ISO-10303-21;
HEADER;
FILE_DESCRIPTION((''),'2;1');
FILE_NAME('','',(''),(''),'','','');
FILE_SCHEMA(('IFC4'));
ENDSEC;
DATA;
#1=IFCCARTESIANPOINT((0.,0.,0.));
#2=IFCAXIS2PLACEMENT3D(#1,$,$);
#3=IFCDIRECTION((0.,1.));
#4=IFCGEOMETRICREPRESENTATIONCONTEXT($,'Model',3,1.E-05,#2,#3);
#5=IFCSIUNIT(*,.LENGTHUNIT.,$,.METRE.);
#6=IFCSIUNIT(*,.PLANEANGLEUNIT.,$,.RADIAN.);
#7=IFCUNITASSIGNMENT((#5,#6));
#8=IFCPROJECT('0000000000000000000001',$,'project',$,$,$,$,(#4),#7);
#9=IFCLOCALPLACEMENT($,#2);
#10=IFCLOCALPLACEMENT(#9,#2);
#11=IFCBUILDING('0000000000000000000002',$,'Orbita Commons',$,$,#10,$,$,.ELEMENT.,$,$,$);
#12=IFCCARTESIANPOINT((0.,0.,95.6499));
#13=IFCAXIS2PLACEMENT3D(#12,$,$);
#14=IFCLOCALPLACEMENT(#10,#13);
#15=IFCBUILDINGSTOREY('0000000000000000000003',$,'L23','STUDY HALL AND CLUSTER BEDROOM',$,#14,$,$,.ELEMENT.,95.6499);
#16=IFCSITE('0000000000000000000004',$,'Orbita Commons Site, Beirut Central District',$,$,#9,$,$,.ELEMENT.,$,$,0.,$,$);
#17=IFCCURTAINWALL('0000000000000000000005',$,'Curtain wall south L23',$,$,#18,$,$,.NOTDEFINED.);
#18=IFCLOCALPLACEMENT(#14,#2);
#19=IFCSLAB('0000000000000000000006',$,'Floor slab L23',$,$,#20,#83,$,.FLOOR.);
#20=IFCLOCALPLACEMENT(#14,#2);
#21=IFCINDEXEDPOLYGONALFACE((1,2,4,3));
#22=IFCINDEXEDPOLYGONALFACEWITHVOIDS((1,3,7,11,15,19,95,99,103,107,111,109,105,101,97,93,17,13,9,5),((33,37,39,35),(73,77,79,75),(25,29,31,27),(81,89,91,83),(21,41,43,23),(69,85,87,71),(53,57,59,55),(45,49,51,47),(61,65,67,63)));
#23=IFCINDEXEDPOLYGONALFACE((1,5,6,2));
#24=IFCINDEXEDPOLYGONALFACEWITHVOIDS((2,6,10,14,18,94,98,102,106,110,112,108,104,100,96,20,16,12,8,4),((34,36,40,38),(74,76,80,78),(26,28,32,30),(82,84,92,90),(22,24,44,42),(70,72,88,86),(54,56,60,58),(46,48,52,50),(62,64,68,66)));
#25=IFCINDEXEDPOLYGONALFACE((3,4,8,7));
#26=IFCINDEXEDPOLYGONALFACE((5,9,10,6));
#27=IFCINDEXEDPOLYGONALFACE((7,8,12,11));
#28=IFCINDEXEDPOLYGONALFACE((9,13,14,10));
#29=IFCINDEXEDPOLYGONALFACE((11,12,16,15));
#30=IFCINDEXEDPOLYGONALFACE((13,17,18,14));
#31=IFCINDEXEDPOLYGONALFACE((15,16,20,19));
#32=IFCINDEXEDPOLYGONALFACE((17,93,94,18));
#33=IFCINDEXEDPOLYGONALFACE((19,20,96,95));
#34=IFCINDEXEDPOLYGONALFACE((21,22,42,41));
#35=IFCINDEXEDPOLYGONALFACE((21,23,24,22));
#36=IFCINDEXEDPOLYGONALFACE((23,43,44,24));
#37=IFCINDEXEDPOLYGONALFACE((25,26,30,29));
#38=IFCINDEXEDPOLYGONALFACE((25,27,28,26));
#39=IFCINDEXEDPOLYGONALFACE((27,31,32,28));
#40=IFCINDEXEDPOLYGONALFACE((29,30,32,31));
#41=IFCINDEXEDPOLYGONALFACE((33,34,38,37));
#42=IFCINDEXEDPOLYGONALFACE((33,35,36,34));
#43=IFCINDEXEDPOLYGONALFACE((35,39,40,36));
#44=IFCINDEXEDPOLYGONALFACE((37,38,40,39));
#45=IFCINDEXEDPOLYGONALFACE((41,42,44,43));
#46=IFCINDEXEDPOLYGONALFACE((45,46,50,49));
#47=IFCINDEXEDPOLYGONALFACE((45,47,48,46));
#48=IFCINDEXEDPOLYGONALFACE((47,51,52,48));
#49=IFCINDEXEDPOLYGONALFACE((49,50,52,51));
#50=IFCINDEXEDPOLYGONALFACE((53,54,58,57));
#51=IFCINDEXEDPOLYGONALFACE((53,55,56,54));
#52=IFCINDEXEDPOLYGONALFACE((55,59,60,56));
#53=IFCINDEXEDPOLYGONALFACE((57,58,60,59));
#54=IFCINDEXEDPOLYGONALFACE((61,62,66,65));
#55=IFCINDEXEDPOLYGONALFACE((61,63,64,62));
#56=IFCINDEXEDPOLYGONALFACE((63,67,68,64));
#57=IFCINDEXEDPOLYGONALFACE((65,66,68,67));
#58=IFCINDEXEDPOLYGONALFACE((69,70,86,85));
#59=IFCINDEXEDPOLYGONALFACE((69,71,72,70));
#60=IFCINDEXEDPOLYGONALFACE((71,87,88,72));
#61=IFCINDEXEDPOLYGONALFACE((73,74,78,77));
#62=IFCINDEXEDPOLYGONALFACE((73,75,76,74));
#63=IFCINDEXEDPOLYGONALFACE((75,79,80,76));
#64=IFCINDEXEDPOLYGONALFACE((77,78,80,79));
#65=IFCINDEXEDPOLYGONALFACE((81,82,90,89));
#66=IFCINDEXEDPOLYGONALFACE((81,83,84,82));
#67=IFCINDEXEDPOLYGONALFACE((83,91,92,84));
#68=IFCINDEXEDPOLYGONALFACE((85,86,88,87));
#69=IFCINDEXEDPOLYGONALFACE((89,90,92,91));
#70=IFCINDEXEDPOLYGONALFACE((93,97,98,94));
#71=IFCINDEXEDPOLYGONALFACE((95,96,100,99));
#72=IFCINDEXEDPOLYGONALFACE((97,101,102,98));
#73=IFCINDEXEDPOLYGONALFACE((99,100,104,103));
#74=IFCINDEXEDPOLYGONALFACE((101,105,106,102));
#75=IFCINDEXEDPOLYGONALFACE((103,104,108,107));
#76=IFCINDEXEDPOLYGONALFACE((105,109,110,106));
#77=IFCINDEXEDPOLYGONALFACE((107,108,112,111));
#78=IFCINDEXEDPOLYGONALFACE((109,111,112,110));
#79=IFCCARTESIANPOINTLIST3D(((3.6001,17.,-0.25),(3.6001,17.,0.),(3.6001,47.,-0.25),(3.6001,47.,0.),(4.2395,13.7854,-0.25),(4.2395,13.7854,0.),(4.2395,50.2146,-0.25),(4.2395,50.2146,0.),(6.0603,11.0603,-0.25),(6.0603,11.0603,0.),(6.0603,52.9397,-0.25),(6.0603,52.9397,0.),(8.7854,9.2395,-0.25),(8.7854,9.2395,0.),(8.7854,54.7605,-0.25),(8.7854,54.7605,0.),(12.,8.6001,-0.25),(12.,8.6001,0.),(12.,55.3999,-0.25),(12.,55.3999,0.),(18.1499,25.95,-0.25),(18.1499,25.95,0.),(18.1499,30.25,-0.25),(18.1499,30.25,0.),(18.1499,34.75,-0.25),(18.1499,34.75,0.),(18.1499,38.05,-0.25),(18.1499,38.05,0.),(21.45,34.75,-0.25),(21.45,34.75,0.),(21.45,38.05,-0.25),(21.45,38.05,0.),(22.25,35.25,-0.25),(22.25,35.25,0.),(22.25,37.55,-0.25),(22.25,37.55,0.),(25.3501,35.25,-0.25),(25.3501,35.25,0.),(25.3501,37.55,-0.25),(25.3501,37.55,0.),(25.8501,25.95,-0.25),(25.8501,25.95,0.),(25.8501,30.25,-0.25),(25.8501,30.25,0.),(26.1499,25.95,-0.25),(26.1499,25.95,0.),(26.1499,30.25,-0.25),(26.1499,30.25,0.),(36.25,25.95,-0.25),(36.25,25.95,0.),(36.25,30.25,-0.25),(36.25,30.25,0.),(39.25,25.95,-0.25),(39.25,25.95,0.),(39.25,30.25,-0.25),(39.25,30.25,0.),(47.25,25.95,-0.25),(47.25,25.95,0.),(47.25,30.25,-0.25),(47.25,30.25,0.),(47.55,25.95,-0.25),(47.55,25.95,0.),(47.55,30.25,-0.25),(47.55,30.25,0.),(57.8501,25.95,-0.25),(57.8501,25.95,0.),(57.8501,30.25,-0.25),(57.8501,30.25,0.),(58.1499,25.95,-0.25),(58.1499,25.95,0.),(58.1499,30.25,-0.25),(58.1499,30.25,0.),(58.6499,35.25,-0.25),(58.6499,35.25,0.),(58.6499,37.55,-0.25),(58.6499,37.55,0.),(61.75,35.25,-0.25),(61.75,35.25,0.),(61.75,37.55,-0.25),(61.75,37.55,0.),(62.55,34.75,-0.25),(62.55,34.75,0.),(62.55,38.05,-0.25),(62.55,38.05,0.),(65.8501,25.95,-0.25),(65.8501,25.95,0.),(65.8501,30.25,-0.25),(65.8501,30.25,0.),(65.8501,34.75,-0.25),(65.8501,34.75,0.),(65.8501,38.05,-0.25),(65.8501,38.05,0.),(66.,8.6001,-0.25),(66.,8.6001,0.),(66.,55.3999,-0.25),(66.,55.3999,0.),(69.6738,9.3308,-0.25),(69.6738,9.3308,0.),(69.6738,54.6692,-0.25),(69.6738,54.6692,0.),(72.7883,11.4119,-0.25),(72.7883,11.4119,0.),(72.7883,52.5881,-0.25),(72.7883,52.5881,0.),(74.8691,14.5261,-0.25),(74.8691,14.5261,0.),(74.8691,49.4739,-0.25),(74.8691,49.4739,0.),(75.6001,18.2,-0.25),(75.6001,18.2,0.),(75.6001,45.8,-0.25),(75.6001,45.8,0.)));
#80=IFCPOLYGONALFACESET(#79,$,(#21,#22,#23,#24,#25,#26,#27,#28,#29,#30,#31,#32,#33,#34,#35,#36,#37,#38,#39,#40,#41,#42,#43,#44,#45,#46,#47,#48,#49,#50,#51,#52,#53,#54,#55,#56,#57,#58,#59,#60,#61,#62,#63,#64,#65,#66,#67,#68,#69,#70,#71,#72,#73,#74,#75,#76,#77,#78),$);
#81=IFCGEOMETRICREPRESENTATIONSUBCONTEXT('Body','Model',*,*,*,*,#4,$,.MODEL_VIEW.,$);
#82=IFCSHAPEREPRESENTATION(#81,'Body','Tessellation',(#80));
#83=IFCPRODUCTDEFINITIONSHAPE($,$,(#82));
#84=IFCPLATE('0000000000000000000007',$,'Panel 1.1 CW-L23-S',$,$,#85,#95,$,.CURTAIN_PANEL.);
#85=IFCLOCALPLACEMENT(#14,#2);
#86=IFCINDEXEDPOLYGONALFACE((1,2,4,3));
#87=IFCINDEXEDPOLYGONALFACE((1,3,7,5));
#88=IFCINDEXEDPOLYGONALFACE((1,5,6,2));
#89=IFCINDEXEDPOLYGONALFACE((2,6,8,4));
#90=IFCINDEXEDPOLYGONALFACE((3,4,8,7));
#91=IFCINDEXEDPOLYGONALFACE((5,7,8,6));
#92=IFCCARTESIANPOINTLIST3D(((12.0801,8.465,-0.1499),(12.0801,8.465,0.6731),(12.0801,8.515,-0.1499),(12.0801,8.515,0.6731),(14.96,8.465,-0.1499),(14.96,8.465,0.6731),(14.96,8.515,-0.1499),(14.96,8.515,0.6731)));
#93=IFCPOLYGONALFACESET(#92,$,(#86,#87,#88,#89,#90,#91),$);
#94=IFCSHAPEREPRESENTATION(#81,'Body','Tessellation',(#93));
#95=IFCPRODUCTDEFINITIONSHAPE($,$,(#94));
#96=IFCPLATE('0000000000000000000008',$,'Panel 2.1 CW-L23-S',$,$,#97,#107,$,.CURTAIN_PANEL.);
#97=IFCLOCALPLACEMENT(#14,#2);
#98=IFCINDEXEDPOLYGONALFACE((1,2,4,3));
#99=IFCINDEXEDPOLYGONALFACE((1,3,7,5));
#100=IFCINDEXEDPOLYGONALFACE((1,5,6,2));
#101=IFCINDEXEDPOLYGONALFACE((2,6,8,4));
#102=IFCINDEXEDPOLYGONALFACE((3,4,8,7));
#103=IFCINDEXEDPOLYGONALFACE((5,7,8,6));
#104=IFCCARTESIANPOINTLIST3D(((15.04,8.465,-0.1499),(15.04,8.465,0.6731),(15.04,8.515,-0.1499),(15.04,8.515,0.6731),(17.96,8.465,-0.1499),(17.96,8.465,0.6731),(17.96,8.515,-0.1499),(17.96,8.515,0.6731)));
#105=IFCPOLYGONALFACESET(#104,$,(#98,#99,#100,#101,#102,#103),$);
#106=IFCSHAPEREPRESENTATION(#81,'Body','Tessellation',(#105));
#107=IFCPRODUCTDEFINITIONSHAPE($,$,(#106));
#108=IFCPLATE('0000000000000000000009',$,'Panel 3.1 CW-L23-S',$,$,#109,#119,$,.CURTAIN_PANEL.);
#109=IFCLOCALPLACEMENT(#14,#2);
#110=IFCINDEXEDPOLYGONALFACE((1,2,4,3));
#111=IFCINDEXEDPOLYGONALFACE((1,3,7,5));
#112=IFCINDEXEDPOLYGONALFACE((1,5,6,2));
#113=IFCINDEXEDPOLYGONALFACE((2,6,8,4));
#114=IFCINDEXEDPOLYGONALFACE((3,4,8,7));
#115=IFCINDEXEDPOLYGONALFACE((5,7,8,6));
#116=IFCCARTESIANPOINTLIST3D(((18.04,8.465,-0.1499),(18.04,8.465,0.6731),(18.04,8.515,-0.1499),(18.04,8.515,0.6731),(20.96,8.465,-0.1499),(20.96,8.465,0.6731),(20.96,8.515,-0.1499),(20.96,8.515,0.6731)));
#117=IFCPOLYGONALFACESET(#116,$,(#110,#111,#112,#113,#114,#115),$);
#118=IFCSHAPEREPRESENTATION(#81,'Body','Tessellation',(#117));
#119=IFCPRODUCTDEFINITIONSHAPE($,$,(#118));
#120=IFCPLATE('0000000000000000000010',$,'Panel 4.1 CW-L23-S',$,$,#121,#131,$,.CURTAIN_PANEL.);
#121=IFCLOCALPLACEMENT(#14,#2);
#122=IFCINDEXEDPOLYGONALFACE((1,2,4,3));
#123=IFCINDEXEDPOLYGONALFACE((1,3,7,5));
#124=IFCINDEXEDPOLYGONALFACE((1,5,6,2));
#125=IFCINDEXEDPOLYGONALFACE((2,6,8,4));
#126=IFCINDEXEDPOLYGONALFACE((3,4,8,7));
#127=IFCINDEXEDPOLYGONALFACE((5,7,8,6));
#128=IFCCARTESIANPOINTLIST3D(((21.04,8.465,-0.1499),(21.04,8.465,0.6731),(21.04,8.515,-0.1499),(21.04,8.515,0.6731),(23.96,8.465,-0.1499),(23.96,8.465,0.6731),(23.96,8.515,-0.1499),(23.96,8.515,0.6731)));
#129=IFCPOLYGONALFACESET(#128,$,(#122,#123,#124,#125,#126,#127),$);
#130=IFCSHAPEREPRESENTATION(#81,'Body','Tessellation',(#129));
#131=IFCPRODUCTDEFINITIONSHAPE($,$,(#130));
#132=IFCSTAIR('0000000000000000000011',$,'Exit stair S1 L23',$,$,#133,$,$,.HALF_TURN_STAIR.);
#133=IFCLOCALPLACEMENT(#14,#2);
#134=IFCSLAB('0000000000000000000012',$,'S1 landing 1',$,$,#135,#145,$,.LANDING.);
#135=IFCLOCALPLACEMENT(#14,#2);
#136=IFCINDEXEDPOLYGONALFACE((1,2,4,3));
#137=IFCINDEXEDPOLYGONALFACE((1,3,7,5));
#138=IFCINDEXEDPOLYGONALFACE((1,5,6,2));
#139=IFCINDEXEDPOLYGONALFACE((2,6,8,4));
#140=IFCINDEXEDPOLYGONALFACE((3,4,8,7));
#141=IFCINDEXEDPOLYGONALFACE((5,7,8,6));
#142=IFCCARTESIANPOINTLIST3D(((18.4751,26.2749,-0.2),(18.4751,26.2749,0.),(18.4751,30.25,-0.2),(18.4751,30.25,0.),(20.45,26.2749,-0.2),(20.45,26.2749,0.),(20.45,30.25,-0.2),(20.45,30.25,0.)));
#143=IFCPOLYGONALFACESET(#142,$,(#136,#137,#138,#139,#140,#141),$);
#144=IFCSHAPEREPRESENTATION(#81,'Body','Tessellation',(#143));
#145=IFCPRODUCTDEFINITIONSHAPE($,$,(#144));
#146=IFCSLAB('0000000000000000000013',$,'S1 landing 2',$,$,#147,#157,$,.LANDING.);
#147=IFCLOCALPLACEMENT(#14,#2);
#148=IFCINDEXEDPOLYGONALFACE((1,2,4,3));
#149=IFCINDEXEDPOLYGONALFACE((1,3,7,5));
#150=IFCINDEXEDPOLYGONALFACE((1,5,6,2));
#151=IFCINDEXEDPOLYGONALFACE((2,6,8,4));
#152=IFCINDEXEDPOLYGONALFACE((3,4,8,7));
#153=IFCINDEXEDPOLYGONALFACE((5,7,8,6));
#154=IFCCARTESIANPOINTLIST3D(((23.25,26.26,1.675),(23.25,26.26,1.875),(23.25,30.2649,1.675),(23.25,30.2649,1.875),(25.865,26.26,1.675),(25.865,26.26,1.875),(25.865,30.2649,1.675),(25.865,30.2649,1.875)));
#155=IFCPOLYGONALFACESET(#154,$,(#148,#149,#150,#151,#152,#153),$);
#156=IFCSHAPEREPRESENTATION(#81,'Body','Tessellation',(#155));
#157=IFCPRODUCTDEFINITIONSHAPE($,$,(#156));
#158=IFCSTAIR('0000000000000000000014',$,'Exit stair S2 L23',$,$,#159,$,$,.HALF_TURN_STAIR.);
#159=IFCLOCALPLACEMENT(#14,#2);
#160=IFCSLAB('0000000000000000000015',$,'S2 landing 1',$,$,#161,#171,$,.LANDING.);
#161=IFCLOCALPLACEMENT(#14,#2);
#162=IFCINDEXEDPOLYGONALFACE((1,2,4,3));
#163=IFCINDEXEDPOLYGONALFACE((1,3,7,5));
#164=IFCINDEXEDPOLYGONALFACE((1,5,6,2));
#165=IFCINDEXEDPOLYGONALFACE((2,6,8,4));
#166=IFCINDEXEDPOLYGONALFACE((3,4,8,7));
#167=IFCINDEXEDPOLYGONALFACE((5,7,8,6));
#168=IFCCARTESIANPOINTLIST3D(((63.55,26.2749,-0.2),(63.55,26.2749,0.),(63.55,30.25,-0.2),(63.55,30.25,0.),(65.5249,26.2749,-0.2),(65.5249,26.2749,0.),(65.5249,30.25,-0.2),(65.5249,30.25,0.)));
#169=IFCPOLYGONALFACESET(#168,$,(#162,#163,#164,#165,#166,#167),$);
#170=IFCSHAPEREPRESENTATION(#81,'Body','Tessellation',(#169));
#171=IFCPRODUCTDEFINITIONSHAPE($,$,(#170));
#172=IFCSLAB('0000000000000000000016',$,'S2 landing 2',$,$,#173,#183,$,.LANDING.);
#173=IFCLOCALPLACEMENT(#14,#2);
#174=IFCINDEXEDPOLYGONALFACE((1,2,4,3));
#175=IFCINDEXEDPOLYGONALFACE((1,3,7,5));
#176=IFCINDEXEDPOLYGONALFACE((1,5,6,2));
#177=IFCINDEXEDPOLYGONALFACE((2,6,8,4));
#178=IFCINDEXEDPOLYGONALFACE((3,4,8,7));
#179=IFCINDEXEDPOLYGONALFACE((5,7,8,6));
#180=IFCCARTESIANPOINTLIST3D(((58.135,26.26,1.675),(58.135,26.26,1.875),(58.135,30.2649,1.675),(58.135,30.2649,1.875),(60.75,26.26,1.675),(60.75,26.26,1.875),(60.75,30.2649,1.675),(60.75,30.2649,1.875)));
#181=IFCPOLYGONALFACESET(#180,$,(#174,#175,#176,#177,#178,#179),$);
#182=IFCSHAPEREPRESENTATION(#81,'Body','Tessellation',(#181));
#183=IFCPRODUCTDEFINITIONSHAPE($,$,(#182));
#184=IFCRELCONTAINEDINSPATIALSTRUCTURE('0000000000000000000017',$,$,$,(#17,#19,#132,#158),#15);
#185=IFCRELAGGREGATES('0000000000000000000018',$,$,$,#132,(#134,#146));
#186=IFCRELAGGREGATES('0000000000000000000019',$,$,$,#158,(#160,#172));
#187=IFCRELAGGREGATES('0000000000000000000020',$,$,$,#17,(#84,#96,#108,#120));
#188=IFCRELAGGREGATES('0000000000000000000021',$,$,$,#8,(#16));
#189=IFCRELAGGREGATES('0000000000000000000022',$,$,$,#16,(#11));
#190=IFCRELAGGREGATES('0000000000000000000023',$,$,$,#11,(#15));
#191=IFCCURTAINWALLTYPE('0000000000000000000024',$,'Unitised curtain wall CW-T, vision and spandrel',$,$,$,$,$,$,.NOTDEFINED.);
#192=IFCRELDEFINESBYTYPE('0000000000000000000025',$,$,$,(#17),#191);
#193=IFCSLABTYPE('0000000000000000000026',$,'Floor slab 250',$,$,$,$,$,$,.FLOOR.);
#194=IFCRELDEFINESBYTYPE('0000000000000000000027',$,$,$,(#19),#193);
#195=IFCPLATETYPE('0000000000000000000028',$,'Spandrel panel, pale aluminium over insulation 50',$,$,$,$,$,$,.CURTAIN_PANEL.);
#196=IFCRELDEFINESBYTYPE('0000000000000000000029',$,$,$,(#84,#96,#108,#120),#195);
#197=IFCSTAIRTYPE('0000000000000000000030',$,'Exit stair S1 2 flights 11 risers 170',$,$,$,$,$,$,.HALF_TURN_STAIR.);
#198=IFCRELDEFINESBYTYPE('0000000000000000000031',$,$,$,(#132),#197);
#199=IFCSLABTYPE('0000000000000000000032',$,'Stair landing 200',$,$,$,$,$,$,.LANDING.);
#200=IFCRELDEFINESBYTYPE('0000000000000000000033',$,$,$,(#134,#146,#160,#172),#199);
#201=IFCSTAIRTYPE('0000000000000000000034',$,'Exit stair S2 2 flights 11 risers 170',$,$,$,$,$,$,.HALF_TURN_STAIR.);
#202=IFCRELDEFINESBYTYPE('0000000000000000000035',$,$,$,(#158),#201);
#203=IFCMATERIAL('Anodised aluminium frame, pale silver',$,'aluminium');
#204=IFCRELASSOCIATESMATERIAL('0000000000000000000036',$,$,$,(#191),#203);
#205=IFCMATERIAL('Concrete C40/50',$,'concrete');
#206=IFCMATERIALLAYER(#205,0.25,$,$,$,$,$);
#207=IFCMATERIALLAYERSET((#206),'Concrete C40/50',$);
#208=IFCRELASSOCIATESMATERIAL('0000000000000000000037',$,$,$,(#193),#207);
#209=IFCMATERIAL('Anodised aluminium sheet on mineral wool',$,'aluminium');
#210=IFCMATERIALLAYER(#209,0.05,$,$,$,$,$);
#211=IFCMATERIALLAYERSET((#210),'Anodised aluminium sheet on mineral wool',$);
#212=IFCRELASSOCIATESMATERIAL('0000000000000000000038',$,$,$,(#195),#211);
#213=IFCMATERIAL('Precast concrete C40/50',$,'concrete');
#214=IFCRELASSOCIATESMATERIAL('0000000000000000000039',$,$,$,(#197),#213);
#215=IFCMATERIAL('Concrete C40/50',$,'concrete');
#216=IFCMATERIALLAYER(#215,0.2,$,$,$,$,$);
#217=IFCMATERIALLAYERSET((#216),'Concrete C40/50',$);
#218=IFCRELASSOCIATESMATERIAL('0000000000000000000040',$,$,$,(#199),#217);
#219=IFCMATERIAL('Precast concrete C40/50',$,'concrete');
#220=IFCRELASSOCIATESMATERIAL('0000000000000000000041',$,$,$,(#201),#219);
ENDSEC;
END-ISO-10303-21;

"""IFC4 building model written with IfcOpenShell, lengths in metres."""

from ifc_helpers import new_model, si_unit, direction, frame, origin, origin_2d, place, context, subcontext, project, spatial, polyline, rectangle, outline, extrude, material, layer, layer_set, type_object, element, aggregate, save


model = new_model("IFC4")

# Units and contexts
model_context = context("Model", 3, precision=1e-05, world=origin(), true_north=direction((0.0, 1.0)))
body_context = subcontext(model_context, "Body", "Model", "MODEL_VIEW")
ifc_project = project(units=[si_unit("LENGTHUNIT", "METRE"), si_unit("PLANEANGLEUNIT", "RADIAN")], contexts=[model_context])

# Site, building, storey
site_placement = place(None, origin())
site = spatial("IfcSite", under=ifc_project, at=site_placement, Name="Orbita Commons Site, Beirut Central District", CompositionType="ELEMENT", RefElevation=0.0)
building_placement = place(site_placement, origin())
building = spatial("IfcBuilding", under=site, at=building_placement, Name="Orbita Commons", CompositionType="ELEMENT")
storey_placement = place(building_placement, frame((0.0, 0.0, 95.6499)))
storey = spatial("IfcBuildingStorey", under=building, at=storey_placement, Name="L23", Description="STUDY HALL AND CLUSTER BEDROOM", CompositionType="ELEMENT", Elevation=95.6499)

# Curtain wall
ifc_material_1 = material(Name="Anodised aluminium frame, pale silver", Category="aluminium")
curtain_wall_type = type_object("IfcCurtainWallType", Name="Unitised curtain wall CW-T, vision and spandrel", PredefinedType="NOTDEFINED", material=ifc_material_1)
curtain_wall_placement = place(storey_placement, origin())
curtain_wall = element("IfcCurtainWall", 1, at=curtain_wall_placement, inside=storey, type_object=curtain_wall_type, Name="Curtain wall south L23", PredefinedType="NOTDEFINED")

# Slab
ifc_material_2 = material(Name="Concrete C40/50", Category="concrete")
ifc_layer_1 = layer(ifc_material_2, 0.25)
ifc_layer_set_1 = layer_set([ifc_layer_1], Name="Concrete C40/50")
slab_type_1 = type_object("IfcSlabType", Name="Floor slab 250", PredefinedType="FLOOR", material=ifc_layer_set_1)
slab_1_placement = place(storey_placement, frame((0.0, 0.0, -0.25)))
element("IfcSlab", 2, at=slab_1_placement, inside=storey, type_object=slab_type_1, Name="Floor slab L23", PredefinedType="FLOOR", context=body_context, shape_type="SweptSolid", body=[
    extrude(outline(polyline([(66.0, 8.6001), (69.6738, 9.3308), (72.7883, 11.4119), (74.8691, 14.5261), (75.6001, 18.2), (75.6001, 45.8), (74.8691, 49.4739), (72.7883, 52.5881), (69.6738, 54.6692), (66.0, 55.3999), (12.0, 55.3999), (8.7854, 54.7605), (6.0603, 52.9397), (4.2395, 50.2146), (3.6001, 47.0), (3.6001, 17.0), (4.2395, 13.7854), (6.0603, 11.0603), (8.7854, 9.2395), (12.0, 8.6001), (66.0, 8.6001)]), holes=[polyline([(18.1499, 25.95), (25.8501, 25.95), (25.8501, 30.25), (18.1499, 30.25), (18.1499, 25.95)]), polyline([(58.1499, 25.95), (65.8501, 25.95), (65.8501, 30.25), (58.1499, 30.25), (58.1499, 25.95)]), polyline([(18.1499, 34.75), (21.45, 34.75), (21.45, 38.05), (18.1499, 38.05), (18.1499, 34.75)]), polyline([(62.55, 34.75), (65.8501, 34.75), (65.8501, 38.05), (62.55, 38.05), (62.55, 34.75)]), polyline([(22.25, 35.25), (25.3501, 35.25), (25.3501, 37.55), (22.25, 37.55), (22.25, 35.25)]), polyline([(58.6499, 35.25), (61.75, 35.25), (61.75, 37.55), (58.6499, 37.55), (58.6499, 35.25)]), polyline([(26.1499, 25.95), (36.25, 25.95), (36.25, 30.25), (26.1499, 30.25), (26.1499, 25.95)]), polyline([(39.25, 25.95), (47.25, 25.95), (47.25, 30.25), (39.25, 30.25), (39.25, 25.95)]), polyline([(47.55, 25.95), (57.8501, 25.95), (57.8501, 30.25), (47.55, 30.25), (47.55, 25.95)])]), origin(), (0.0, 0.0, 1.0), 0.25),
])

# Plates
ifc_material_3 = material(Name="Anodised aluminium sheet on mineral wool", Category="aluminium")
ifc_layer_2 = layer(ifc_material_3, 0.05)
ifc_layer_set_2 = layer_set([ifc_layer_2], Name="Anodised aluminium sheet on mineral wool")
plate_type_1 = type_object("IfcPlateType", Name="Spandrel panel, pale aluminium over insulation 50", PredefinedType="CURTAIN_PANEL", material=ifc_layer_set_2)
plate_1_placement = place(storey_placement, frame((13.52, 8.49, -0.1499), z_axis=(0.0, 0.0, 1.0), x_axis=(1.0, 0.0, 0.0)))
plate_1 = element("IfcPlate", 3, at=plate_1_placement, type_object=plate_type_1, Name="Panel 1.1 CW-L23-S", PredefinedType="CURTAIN_PANEL", context=body_context, shape_type="SweptSolid", body=[
    extrude(rectangle(XDim=2.8799, YDim=0.05, at=origin_2d()), origin(), (0.0, 0.0, 1.0), 0.823),
])
plate_2_placement = place(storey_placement, frame((16.5, 8.49, -0.1499), z_axis=(0.0, 0.0, 1.0), x_axis=(1.0, 0.0, 0.0)))
plate_2 = element("IfcPlate", 4, at=plate_2_placement, type_object=plate_type_1, Name="Panel 2.1 CW-L23-S", PredefinedType="CURTAIN_PANEL", context=body_context, shape_type="SweptSolid", body=[
    extrude(rectangle(XDim=2.9199, YDim=0.05, at=origin_2d()), origin(), (0.0, 0.0, 1.0), 0.823),
])
plate_3_placement = place(storey_placement, frame((19.5, 8.49, -0.1499), z_axis=(0.0, 0.0, 1.0), x_axis=(1.0, 0.0, 0.0)))
plate_3 = element("IfcPlate", 5, at=plate_3_placement, type_object=plate_type_1, Name="Panel 3.1 CW-L23-S", PredefinedType="CURTAIN_PANEL", context=body_context, shape_type="SweptSolid", body=[
    extrude(rectangle(XDim=2.9199, YDim=0.05, at=origin_2d()), origin(), (0.0, 0.0, 1.0), 0.823),
])
plate_4_placement = place(storey_placement, frame((22.5, 8.49, -0.1499), z_axis=(0.0, 0.0, 1.0), x_axis=(1.0, 0.0, 0.0)))
plate_4 = element("IfcPlate", 6, at=plate_4_placement, type_object=plate_type_1, Name="Panel 4.1 CW-L23-S", PredefinedType="CURTAIN_PANEL", context=body_context, shape_type="SweptSolid", body=[
    extrude(rectangle(XDim=2.9199, YDim=0.05, at=origin_2d()), origin(), (0.0, 0.0, 1.0), 0.823),
])

# Stairs, slabs
ifc_material_4 = material(Name="Precast concrete C40/50", Category="concrete")
stair_type_1 = type_object("IfcStairType", Name="Exit stair S1 2 flights 11 risers 170", PredefinedType="HALF_TURN_STAIR", material=ifc_material_4)
stair_1_placement = place(storey_placement, origin())
stair_1 = element("IfcStair", 7, at=stair_1_placement, inside=storey, type_object=stair_type_1, Name="Exit stair S1 L23", PredefinedType="HALF_TURN_STAIR")
ifc_material_5 = material(Name="Concrete C40/50", Category="concrete")
ifc_layer_3 = layer(ifc_material_5, 0.2)
ifc_layer_set_3 = layer_set([ifc_layer_3], Name="Concrete C40/50")
slab_type_2 = type_object("IfcSlabType", Name="Stair landing 200", PredefinedType="LANDING", material=ifc_layer_set_3)
slab_2_placement = place(storey_placement, frame((0.0, 0.0, -0.2)))
slab_2 = element("IfcSlab", 8, at=slab_2_placement, type_object=slab_type_2, Name="S1 landing 1", PredefinedType="LANDING", context=body_context, shape_type="SweptSolid", body=[
    extrude(outline(polyline([(18.4751, 26.2749), (20.45, 26.2749), (20.45, 30.25), (18.4751, 30.25), (18.4751, 26.2749)])), origin(), (0.0, 0.0, 1.0), 0.2),
])
slab_3_placement = place(storey_placement, frame((0.0, 0.0, 1.675)))
slab_3 = element("IfcSlab", 9, at=slab_3_placement, type_object=slab_type_2, Name="S1 landing 2", PredefinedType="LANDING", context=body_context, shape_type="SweptSolid", body=[
    extrude(outline(polyline([(23.25, 26.26), (25.865, 26.26), (25.865, 30.2649), (23.25, 30.2649), (23.25, 26.26)])), origin(), (0.0, 0.0, 1.0), 0.2),
])
aggregate(stair_1, [slab_2, slab_3])
ifc_material_6 = material(Name="Precast concrete C40/50", Category="concrete")
stair_type_2 = type_object("IfcStairType", Name="Exit stair S2 2 flights 11 risers 170", PredefinedType="HALF_TURN_STAIR", material=ifc_material_6)
stair_2_placement = place(storey_placement, origin())
stair_2 = element("IfcStair", 10, at=stair_2_placement, inside=storey, type_object=stair_type_2, Name="Exit stair S2 L23", PredefinedType="HALF_TURN_STAIR")
slab_4_placement = place(storey_placement, frame((0.0, 0.0, -0.2)))
slab_4 = element("IfcSlab", 11, at=slab_4_placement, type_object=slab_type_2, Name="S2 landing 1", PredefinedType="LANDING", context=body_context, shape_type="SweptSolid", body=[
    extrude(outline(polyline([(63.55, 26.2749), (65.5249, 26.2749), (65.5249, 30.25), (63.55, 30.25), (63.55, 26.2749)])), origin(), (0.0, 0.0, 1.0), 0.2),
])
slab_5_placement = place(storey_placement, frame((0.0, 0.0, 1.675)))
slab_5 = element("IfcSlab", 12, at=slab_5_placement, type_object=slab_type_2, Name="S2 landing 2", PredefinedType="LANDING", context=body_context, shape_type="SweptSolid", body=[
    extrude(outline(polyline([(58.135, 26.26), (60.75, 26.26), (60.75, 30.2649), (58.135, 30.2649), (58.135, 26.26)])), origin(), (0.0, 0.0, 1.0), 0.2),
])
aggregate(stair_2, [slab_4, slab_5])

aggregate(curtain_wall, [plate_1, plate_2, plate_3, plate_4])

save(model, "model.ifc")
